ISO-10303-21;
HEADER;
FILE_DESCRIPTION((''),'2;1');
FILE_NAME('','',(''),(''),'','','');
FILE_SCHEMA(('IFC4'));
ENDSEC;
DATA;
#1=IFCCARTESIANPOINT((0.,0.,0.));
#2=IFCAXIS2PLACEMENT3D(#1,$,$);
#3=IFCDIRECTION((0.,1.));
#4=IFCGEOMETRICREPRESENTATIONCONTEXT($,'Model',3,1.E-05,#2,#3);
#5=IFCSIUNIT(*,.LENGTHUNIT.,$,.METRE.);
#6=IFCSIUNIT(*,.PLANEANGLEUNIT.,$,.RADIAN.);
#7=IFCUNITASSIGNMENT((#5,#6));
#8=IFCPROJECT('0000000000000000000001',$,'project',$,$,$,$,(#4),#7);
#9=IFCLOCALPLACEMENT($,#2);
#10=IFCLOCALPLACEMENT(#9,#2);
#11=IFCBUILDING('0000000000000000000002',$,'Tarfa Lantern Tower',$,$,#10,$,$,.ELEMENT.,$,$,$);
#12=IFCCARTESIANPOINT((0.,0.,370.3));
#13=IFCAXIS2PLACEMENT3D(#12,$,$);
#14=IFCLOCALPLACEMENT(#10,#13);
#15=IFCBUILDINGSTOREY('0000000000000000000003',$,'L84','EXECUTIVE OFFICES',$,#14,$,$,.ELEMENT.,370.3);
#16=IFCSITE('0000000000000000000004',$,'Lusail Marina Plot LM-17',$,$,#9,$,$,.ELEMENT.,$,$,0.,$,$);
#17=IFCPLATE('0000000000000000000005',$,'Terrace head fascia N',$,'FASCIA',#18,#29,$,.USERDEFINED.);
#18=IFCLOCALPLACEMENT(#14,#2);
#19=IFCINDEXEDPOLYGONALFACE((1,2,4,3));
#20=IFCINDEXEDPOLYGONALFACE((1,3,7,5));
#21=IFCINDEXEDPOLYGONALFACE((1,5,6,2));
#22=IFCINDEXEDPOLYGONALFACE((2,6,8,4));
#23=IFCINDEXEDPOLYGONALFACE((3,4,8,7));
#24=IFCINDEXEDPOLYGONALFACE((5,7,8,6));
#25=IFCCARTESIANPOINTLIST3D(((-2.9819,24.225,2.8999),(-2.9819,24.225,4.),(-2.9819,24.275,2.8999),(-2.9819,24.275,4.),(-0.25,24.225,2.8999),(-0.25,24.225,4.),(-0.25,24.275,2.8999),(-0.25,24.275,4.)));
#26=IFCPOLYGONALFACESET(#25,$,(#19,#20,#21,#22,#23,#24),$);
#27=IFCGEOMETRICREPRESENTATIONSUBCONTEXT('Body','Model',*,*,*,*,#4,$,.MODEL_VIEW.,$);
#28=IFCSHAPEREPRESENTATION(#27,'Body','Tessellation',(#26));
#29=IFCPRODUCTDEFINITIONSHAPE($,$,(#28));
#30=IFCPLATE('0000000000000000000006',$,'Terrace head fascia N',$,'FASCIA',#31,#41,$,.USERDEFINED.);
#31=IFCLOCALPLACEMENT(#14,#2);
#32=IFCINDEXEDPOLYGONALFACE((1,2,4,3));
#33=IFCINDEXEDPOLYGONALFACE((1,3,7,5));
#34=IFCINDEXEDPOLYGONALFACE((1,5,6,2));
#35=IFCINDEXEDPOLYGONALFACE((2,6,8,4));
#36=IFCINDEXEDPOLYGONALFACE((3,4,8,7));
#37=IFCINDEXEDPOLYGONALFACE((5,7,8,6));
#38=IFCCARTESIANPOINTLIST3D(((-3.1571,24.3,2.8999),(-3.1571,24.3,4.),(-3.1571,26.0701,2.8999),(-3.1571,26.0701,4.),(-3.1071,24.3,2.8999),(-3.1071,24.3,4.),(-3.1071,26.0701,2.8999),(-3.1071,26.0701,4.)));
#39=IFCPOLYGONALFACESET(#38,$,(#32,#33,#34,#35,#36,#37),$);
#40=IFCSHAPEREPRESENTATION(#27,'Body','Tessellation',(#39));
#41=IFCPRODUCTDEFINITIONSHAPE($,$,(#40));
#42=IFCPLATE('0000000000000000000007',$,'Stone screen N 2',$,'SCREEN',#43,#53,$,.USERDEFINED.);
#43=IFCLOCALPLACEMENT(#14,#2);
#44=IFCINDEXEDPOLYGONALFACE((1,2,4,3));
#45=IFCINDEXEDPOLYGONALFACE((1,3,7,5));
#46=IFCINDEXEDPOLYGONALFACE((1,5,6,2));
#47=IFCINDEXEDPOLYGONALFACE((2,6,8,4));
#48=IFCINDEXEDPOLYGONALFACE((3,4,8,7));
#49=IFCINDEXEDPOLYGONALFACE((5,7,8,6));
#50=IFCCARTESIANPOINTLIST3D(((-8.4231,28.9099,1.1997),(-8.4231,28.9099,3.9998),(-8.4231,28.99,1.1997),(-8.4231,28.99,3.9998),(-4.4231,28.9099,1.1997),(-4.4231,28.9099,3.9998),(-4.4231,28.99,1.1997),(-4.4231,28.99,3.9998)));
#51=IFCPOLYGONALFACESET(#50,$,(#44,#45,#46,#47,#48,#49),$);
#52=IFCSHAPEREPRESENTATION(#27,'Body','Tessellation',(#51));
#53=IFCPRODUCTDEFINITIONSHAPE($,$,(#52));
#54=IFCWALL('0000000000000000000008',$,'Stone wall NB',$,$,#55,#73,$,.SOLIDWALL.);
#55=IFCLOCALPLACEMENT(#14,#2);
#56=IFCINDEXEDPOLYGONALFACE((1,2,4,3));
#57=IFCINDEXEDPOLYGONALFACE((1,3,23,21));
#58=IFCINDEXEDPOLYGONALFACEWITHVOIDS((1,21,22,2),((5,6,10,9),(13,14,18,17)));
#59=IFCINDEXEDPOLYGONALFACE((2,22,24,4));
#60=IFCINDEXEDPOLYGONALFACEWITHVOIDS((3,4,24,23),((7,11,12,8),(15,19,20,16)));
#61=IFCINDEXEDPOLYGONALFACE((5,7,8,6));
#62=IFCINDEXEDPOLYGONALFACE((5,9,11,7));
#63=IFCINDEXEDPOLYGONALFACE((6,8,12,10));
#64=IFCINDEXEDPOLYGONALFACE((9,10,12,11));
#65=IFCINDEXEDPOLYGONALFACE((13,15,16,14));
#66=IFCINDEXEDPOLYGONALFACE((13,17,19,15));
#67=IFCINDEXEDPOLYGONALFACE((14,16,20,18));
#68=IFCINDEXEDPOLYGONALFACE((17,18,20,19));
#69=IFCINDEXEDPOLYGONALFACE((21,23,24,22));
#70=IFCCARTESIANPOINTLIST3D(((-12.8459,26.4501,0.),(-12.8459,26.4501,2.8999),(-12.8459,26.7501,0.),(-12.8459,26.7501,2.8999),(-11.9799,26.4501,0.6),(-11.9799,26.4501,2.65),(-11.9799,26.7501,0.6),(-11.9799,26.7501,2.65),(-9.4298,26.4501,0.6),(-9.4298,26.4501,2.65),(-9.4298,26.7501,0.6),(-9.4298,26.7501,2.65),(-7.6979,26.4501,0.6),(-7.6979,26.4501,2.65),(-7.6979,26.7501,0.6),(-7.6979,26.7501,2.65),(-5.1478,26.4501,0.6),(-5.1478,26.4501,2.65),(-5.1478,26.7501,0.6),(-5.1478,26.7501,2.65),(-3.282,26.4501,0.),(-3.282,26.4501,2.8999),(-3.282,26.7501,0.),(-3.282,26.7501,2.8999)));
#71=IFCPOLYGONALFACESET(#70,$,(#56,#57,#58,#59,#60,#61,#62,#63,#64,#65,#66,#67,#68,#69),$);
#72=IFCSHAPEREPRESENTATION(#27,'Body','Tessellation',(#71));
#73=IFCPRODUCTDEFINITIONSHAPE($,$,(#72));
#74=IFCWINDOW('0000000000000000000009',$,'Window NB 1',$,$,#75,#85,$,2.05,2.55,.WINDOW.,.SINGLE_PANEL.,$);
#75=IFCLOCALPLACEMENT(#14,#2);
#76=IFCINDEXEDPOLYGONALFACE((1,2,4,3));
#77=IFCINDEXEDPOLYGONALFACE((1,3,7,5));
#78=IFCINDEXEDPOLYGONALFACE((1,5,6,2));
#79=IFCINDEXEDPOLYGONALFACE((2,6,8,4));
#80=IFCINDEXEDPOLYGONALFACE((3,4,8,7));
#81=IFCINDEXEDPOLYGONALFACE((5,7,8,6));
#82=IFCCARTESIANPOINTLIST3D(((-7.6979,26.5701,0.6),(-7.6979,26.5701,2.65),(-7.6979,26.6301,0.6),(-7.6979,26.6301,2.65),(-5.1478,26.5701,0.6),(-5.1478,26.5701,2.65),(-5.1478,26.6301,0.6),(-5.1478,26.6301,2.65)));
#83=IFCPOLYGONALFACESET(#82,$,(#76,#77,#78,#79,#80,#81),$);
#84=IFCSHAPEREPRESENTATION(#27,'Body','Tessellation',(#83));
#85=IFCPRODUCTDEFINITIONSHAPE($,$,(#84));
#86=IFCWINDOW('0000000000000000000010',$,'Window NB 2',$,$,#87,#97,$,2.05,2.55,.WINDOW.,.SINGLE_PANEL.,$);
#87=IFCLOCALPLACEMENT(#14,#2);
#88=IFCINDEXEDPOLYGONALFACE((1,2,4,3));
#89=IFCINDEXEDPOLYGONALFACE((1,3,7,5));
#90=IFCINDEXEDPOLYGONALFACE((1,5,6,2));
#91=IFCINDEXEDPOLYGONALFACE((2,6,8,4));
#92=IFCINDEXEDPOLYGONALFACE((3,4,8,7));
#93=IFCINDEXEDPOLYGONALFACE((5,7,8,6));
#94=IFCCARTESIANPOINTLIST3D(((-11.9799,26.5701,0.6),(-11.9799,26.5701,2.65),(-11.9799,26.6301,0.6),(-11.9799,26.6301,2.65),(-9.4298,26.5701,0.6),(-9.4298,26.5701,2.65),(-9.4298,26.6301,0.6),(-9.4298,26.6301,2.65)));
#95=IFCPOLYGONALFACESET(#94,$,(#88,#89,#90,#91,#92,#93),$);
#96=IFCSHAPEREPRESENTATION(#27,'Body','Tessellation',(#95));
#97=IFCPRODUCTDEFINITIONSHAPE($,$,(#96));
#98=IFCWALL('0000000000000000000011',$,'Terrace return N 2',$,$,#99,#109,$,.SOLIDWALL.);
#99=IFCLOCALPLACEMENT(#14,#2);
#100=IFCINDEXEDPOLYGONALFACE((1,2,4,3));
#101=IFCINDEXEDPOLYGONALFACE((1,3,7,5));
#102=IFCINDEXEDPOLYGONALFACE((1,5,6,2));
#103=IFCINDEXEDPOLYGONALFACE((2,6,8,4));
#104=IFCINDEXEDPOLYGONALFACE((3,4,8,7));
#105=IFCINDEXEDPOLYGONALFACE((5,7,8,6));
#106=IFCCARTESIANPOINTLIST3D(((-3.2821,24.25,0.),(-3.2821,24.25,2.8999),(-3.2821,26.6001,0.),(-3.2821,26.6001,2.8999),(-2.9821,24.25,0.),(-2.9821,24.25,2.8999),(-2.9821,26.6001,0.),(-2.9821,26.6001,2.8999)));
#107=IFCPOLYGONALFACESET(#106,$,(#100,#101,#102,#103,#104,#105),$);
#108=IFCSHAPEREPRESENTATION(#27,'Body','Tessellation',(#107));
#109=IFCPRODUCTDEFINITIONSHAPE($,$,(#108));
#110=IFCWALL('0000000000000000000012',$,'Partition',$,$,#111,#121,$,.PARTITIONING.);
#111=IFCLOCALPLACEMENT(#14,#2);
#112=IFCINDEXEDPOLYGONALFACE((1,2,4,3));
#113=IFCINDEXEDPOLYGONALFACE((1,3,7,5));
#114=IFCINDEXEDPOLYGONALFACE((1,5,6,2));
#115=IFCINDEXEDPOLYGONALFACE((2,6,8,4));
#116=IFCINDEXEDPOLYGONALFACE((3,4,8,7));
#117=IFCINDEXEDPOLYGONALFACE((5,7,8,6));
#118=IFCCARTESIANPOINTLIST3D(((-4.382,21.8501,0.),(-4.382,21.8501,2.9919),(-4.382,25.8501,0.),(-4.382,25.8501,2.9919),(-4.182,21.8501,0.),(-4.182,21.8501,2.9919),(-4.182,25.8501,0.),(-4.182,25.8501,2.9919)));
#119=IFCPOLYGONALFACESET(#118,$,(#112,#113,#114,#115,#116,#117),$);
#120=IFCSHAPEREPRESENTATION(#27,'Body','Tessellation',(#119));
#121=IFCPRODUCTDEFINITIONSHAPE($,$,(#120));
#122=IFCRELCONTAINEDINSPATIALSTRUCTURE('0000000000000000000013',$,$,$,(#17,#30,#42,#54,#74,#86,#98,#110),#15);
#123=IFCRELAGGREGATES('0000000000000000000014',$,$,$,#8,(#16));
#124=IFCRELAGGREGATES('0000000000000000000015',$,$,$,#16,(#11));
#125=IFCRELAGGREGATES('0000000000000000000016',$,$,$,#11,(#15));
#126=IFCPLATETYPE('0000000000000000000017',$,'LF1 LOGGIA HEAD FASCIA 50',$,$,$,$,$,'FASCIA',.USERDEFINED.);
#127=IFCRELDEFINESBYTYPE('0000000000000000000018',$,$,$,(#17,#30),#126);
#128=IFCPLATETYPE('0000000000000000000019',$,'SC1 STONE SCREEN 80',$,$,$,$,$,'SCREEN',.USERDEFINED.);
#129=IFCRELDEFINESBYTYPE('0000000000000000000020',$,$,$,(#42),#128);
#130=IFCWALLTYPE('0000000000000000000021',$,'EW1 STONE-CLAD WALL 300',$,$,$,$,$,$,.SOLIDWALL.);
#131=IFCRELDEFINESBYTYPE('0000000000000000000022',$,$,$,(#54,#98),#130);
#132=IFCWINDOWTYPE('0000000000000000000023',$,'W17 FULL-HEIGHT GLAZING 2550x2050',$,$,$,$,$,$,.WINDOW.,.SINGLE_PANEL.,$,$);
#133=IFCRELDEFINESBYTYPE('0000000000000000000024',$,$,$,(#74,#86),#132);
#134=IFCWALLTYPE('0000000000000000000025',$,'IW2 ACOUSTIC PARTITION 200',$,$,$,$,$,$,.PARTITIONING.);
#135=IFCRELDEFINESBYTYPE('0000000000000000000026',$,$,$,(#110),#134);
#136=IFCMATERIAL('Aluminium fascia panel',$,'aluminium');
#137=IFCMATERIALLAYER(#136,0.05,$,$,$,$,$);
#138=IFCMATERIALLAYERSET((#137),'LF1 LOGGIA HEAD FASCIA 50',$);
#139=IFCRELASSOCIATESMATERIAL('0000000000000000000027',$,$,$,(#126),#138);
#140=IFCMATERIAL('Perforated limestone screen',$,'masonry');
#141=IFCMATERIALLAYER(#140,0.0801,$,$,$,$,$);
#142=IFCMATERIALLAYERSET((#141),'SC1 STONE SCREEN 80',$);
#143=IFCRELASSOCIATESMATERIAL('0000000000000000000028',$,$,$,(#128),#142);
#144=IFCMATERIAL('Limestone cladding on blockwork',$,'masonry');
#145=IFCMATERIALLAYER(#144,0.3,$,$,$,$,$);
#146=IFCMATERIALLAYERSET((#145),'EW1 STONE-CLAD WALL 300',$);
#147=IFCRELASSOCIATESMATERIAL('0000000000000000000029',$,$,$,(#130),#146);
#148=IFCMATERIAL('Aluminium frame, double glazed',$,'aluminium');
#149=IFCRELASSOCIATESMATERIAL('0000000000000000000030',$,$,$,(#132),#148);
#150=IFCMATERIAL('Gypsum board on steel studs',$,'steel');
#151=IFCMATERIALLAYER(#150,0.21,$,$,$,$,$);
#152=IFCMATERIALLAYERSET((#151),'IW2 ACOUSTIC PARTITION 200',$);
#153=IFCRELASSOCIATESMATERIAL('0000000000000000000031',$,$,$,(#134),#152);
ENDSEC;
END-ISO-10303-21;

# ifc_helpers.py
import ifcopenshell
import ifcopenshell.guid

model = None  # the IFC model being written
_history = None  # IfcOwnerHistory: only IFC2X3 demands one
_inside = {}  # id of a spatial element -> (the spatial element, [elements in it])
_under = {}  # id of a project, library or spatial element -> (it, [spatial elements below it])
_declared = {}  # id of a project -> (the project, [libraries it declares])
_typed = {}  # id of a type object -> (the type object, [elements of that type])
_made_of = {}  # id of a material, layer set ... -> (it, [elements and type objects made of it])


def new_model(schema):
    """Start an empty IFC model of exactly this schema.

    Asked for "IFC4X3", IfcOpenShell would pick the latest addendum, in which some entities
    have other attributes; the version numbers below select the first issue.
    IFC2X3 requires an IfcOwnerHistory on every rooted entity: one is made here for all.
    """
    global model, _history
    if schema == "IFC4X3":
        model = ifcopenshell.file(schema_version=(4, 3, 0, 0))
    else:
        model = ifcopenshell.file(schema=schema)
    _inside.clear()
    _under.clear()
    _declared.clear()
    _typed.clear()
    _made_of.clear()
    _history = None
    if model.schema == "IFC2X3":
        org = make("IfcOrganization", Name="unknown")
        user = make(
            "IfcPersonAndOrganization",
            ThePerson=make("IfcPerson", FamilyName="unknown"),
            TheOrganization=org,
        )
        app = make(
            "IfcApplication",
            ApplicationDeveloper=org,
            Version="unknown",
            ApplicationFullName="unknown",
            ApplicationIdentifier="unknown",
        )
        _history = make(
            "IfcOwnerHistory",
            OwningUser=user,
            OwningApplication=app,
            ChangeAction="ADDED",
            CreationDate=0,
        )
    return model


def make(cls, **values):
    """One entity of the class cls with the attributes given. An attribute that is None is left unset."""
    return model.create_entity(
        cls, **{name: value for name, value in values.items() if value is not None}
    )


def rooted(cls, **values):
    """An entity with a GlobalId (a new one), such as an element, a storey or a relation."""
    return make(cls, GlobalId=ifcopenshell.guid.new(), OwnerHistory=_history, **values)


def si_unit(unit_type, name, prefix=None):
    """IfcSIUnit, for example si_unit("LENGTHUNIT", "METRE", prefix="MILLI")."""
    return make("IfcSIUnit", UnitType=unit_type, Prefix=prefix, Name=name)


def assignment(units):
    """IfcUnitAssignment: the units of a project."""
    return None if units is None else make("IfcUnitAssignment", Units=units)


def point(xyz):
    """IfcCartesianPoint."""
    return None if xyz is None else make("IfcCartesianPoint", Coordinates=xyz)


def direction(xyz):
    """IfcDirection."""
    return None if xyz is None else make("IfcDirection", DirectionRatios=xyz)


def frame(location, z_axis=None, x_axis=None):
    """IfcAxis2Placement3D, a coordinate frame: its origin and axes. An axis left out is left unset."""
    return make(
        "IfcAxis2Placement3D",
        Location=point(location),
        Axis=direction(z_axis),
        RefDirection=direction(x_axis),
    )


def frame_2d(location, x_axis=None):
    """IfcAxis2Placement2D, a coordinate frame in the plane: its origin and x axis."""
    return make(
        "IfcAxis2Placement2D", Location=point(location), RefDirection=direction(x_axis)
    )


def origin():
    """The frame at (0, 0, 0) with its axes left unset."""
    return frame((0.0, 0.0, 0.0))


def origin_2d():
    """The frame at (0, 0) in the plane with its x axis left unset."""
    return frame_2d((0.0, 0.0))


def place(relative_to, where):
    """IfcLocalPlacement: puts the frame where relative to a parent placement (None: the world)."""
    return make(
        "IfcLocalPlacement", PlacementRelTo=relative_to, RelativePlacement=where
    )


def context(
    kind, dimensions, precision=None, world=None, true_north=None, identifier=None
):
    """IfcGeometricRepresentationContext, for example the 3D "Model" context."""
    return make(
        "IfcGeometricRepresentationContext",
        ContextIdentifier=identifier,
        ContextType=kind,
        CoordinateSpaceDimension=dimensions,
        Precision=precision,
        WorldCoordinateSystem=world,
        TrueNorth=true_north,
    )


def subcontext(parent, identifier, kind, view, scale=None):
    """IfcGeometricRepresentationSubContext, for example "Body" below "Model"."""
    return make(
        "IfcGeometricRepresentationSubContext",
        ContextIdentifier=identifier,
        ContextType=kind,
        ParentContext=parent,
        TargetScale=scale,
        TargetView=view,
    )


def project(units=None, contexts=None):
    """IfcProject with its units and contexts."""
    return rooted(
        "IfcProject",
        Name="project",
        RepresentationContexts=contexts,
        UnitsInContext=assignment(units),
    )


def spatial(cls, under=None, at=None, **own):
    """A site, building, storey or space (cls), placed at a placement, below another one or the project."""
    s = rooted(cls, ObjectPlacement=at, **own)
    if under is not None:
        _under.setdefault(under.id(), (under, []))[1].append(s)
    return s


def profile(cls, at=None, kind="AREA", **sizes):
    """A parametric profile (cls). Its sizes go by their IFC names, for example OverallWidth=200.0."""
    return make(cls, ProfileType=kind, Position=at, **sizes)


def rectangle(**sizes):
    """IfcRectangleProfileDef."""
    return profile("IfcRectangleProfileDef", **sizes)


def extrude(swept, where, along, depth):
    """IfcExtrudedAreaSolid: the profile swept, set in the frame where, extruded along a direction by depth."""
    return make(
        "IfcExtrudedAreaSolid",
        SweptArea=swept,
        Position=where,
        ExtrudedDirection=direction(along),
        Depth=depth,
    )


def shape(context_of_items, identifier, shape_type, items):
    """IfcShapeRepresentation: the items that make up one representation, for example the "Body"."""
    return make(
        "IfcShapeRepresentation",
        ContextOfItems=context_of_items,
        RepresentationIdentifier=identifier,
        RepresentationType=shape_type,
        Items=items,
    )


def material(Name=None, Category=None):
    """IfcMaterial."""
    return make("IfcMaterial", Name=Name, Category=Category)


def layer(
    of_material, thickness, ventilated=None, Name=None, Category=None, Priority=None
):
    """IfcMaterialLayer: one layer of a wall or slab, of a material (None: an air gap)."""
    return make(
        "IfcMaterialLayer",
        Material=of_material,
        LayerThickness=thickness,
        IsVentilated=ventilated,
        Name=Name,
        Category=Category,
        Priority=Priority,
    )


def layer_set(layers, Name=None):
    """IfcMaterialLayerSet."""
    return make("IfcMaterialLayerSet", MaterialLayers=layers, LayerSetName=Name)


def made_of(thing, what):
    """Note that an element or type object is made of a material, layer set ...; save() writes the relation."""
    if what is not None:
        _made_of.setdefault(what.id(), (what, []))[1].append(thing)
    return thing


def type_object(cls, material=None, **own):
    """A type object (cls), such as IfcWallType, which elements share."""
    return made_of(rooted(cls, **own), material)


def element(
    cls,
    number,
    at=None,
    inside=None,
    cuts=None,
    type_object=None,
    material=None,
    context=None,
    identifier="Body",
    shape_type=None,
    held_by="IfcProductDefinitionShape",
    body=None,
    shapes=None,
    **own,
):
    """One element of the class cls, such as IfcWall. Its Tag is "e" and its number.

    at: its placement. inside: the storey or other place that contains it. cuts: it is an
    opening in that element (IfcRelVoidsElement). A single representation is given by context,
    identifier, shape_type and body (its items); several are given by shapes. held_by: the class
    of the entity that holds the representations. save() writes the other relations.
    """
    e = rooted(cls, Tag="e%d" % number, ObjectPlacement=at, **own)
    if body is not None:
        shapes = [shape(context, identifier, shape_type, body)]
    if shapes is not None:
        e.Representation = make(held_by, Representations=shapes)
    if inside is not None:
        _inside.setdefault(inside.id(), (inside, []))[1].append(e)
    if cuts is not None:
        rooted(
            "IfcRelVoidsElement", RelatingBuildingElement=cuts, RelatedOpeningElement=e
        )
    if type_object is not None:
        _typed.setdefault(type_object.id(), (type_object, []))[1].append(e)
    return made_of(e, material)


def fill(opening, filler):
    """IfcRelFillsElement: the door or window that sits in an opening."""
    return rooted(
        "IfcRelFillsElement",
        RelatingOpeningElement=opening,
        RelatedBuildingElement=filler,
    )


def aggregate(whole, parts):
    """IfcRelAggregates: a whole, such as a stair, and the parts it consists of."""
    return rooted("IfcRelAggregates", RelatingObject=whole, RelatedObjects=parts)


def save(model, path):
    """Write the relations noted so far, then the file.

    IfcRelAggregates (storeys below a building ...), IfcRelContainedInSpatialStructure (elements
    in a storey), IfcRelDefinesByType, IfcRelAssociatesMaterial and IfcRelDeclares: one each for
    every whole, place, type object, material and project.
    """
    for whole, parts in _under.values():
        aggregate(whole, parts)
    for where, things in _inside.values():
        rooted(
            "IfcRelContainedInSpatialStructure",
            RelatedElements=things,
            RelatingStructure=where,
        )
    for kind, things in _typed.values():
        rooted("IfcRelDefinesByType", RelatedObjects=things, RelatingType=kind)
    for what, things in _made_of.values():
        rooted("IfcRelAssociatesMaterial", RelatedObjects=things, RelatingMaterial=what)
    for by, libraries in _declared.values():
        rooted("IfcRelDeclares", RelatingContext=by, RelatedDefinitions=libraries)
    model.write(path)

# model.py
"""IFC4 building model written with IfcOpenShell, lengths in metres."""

from ifc_helpers import new_model, si_unit, direction, frame, frame_2d, origin, origin_2d, place, context, subcontext, project, spatial, rectangle, extrude, material, layer, layer_set, type_object, element, fill, save


model = new_model("IFC4")

# Units and contexts
model_context = context("Model", 3, precision=1e-05, world=origin(), true_north=direction((0.0, 1.0)))
body_context = subcontext(model_context, "Body", "Model", "MODEL_VIEW")
ifc_project = project(units=[si_unit("LENGTHUNIT", "METRE"), si_unit("PLANEANGLEUNIT", "RADIAN")], contexts=[model_context])

# Site, building, storey
site_placement = place(None, origin())
site = spatial("IfcSite", under=ifc_project, at=site_placement, Name="Lusail Marina Plot LM-17", CompositionType="ELEMENT", RefElevation=0.0)
building_placement = place(site_placement, origin())
building = spatial("IfcBuilding", under=site, at=building_placement, Name="Tarfa Lantern Tower", CompositionType="ELEMENT")
storey_placement = place(building_placement, frame((0.0, 0.0, 370.3)))
storey = spatial("IfcBuildingStorey", under=building, at=storey_placement, Name="L84", Description="EXECUTIVE OFFICES", CompositionType="ELEMENT", Elevation=370.3)

# Plates
ifc_material_1 = material(Name="Aluminium fascia panel", Category="aluminium")
ifc_layer_1 = layer(ifc_material_1, 0.05)
ifc_layer_set_1 = layer_set([ifc_layer_1], Name="LF1 LOGGIA HEAD FASCIA 50")
plate_type_1 = type_object("IfcPlateType", Name="LF1 LOGGIA HEAD FASCIA 50", ElementType="FASCIA", PredefinedType="USERDEFINED", material=ifc_layer_set_1)
plate_1_placement = place(storey_placement, frame((-1.616, 24.25, 2.8999), z_axis=(0.0, 0.0, 1.0), x_axis=(-1.0, 0.0, 0.0)))
element("IfcPlate", 1, at=plate_1_placement, inside=storey, type_object=plate_type_1, Name="Terrace head fascia N", ObjectType="FASCIA", PredefinedType="USERDEFINED", context=body_context, shape_type="SweptSolid", body=[
    extrude(rectangle(XDim=2.7319, YDim=0.05, at=origin_2d()), origin(), (0.0, 0.0, 1.0), 1.1001),
])
plate_2_placement = place(storey_placement, frame((-3.1321, 25.1851, 2.8999), z_axis=(0.0, 0.0, 1.0), x_axis=(0.0, -1.0, 0.0)))
element("IfcPlate", 2, at=plate_2_placement, inside=storey, type_object=plate_type_1, Name="Terrace head fascia N", ObjectType="FASCIA", PredefinedType="USERDEFINED", context=body_context, shape_type="SweptSolid", body=[
    extrude(rectangle(XDim=1.77, YDim=0.05, at=origin_2d()), origin(), (0.0, 0.0, 1.0), 1.1001),
])
ifc_material_2 = material(Name="Perforated limestone screen", Category="masonry")
ifc_layer_2 = layer(ifc_material_2, 0.0801)
ifc_layer_set_2 = layer_set([ifc_layer_2], Name="SC1 STONE SCREEN 80")
plate_type_2 = type_object("IfcPlateType", Name="SC1 STONE SCREEN 80", ElementType="SCREEN", PredefinedType="USERDEFINED", material=ifc_layer_set_2)
plate_3_placement = place(storey_placement, frame((-6.4231, 28.95, 1.1997), z_axis=(0.0, 0.0, 1.0), x_axis=(-1.0, 0.0, 0.0)))
element("IfcPlate", 3, at=plate_3_placement, inside=storey, type_object=plate_type_2, Name="Stone screen N 2", ObjectType="SCREEN", PredefinedType="USERDEFINED", context=body_context, shape_type="SweptSolid", body=[
    extrude(rectangle(XDim=4.0, YDim=0.0801, at=origin_2d()), origin(), (0.0, 0.0, 1.0), 2.8),
])

# Wall, openings, windows
ifc_material_3 = material(Name="Limestone cladding on blockwork", Category="masonry")
ifc_layer_3 = layer(ifc_material_3, 0.3)
ifc_layer_set_3 = layer_set([ifc_layer_3], Name="EW1 STONE-CLAD WALL 300")
wall_type_1 = type_object("IfcWallType", Name="EW1 STONE-CLAD WALL 300", PredefinedType="SOLIDWALL", material=ifc_layer_set_3)
wall_1_placement = place(storey_placement, frame((-3.282, 26.6001, 0.0), z_axis=(0.0, 0.0, 1.0), x_axis=(-1.0, 0.0, 0.0)))
wall_1 = element("IfcWall", 4, at=wall_1_placement, inside=storey, type_object=wall_type_1, Name="Stone wall NB", PredefinedType="SOLIDWALL", context=body_context, shape_type="SweptSolid", body=[
    extrude(rectangle(XDim=9.564, YDim=0.3, at=frame_2d((4.782, 0.0))), origin(), (0.0, 0.0, 1.0), 2.8999),
])
opening_1_placement = place(wall_1_placement, frame((1.866, 0.0, 0.6001)))
opening_1 = element("IfcOpeningElement", 5, at=opening_1_placement, cuts=wall_1, PredefinedType="OPENING", context=body_context, shape_type="SweptSolid", body=[
    extrude(rectangle(XDim=2.55, YDim=2.05, at=frame_2d((1.2749, 1.0249))), frame((0.0, 0.1599, 0.0), z_axis=(0.0, -1.0, 0.0), x_axis=(1.0, 0.0, 0.0)), (0.0, 0.0, 1.0), 0.3201),
])
opening_2_placement = place(wall_1_placement, frame((6.1479, 0.0, 0.6001)))
opening_2 = element("IfcOpeningElement", 6, at=opening_2_placement, cuts=wall_1, PredefinedType="OPENING", context=body_context, shape_type="SweptSolid", body=[
    extrude(rectangle(XDim=2.55, YDim=2.05, at=frame_2d((1.2749, 1.0249))), frame((0.0, 0.1599, 0.0), z_axis=(0.0, -1.0, 0.0), x_axis=(1.0, 0.0, 0.0)), (0.0, 0.0, 1.0), 0.3201),
])
ifc_material_4 = material(Name="Aluminium frame, double glazed", Category="aluminium")
window_type = type_object("IfcWindowType", Name="W17 FULL-HEIGHT GLAZING 2550x2050", PartitioningType="SINGLE_PANEL", PredefinedType="WINDOW", material=ifc_material_4)
window_1_placement = place(opening_1_placement, origin())
window_1 = element("IfcWindow", 7, at=window_1_placement, inside=storey, type_object=window_type, Name="Window NB 1", OverallHeight=2.05, OverallWidth=2.55, PartitioningType="SINGLE_PANEL", PredefinedType="WINDOW", context=body_context, shape_type="SweptSolid", body=[
    extrude(rectangle(XDim=2.55, YDim=2.05, at=frame_2d((1.2749, 1.0249))), frame((0.0, 0.03, 0.0), z_axis=(0.0, -1.0, 0.0), x_axis=(1.0, 0.0, 0.0)), (0.0, 0.0, 1.0), 0.0601),
])
fill(opening_1, window_1)
window_2_placement = place(opening_2_placement, origin())
window_2 = element("IfcWindow", 8, at=window_2_placement, inside=storey, type_object=window_type, Name="Window NB 2", OverallHeight=2.05, OverallWidth=2.55, PartitioningType="SINGLE_PANEL", PredefinedType="WINDOW", context=body_context, shape_type="SweptSolid", body=[
    extrude(rectangle(XDim=2.55, YDim=2.05, at=frame_2d((1.2749, 1.0249))), frame((0.0, 0.03, 0.0), z_axis=(0.0, -1.0, 0.0), x_axis=(1.0, 0.0, 0.0)), (0.0, 0.0, 1.0), 0.0601),
])
fill(opening_2, window_2)

# Walls
wall_2_placement = place(storey_placement, frame((-3.1321, 26.6001, 0.0), z_axis=(0.0, 0.0, 1.0), x_axis=(0.0, -1.0, 0.0)))
element("IfcWall", 9, at=wall_2_placement, inside=storey, type_object=wall_type_1, Name="Terrace return N 2", PredefinedType="SOLIDWALL", context=body_context, shape_type="SweptSolid", body=[
    extrude(rectangle(XDim=2.3501, YDim=0.3, at=frame_2d((1.175, 0.0))), origin(), (0.0, 0.0, 1.0), 2.8999),
])
ifc_material_5 = material(Name="Gypsum board on steel studs", Category="steel")
ifc_layer_4 = layer(ifc_material_5, 0.21)
ifc_layer_set_4 = layer_set([ifc_layer_4], Name="IW2 ACOUSTIC PARTITION 200")
wall_type_2 = type_object("IfcWallType", Name="IW2 ACOUSTIC PARTITION 200", PredefinedType="PARTITIONING", material=ifc_layer_set_4)
wall_3_placement = place(storey_placement, frame((-4.282, 21.8501, 0.0), z_axis=(0.0, 0.0, 1.0), x_axis=(0.0, 1.0, 0.0)))
element("IfcWall", 10, at=wall_3_placement, inside=storey, type_object=wall_type_2, Name="Partition", PredefinedType="PARTITIONING", context=body_context, shape_type="SweptSolid", body=[
    extrude(rectangle(XDim=4.0, YDim=0.2, at=frame_2d((2.0, 0.0))), origin(), (0.0, 0.0, 1.0), 2.9919),
])

save(model, "model.ifc")
